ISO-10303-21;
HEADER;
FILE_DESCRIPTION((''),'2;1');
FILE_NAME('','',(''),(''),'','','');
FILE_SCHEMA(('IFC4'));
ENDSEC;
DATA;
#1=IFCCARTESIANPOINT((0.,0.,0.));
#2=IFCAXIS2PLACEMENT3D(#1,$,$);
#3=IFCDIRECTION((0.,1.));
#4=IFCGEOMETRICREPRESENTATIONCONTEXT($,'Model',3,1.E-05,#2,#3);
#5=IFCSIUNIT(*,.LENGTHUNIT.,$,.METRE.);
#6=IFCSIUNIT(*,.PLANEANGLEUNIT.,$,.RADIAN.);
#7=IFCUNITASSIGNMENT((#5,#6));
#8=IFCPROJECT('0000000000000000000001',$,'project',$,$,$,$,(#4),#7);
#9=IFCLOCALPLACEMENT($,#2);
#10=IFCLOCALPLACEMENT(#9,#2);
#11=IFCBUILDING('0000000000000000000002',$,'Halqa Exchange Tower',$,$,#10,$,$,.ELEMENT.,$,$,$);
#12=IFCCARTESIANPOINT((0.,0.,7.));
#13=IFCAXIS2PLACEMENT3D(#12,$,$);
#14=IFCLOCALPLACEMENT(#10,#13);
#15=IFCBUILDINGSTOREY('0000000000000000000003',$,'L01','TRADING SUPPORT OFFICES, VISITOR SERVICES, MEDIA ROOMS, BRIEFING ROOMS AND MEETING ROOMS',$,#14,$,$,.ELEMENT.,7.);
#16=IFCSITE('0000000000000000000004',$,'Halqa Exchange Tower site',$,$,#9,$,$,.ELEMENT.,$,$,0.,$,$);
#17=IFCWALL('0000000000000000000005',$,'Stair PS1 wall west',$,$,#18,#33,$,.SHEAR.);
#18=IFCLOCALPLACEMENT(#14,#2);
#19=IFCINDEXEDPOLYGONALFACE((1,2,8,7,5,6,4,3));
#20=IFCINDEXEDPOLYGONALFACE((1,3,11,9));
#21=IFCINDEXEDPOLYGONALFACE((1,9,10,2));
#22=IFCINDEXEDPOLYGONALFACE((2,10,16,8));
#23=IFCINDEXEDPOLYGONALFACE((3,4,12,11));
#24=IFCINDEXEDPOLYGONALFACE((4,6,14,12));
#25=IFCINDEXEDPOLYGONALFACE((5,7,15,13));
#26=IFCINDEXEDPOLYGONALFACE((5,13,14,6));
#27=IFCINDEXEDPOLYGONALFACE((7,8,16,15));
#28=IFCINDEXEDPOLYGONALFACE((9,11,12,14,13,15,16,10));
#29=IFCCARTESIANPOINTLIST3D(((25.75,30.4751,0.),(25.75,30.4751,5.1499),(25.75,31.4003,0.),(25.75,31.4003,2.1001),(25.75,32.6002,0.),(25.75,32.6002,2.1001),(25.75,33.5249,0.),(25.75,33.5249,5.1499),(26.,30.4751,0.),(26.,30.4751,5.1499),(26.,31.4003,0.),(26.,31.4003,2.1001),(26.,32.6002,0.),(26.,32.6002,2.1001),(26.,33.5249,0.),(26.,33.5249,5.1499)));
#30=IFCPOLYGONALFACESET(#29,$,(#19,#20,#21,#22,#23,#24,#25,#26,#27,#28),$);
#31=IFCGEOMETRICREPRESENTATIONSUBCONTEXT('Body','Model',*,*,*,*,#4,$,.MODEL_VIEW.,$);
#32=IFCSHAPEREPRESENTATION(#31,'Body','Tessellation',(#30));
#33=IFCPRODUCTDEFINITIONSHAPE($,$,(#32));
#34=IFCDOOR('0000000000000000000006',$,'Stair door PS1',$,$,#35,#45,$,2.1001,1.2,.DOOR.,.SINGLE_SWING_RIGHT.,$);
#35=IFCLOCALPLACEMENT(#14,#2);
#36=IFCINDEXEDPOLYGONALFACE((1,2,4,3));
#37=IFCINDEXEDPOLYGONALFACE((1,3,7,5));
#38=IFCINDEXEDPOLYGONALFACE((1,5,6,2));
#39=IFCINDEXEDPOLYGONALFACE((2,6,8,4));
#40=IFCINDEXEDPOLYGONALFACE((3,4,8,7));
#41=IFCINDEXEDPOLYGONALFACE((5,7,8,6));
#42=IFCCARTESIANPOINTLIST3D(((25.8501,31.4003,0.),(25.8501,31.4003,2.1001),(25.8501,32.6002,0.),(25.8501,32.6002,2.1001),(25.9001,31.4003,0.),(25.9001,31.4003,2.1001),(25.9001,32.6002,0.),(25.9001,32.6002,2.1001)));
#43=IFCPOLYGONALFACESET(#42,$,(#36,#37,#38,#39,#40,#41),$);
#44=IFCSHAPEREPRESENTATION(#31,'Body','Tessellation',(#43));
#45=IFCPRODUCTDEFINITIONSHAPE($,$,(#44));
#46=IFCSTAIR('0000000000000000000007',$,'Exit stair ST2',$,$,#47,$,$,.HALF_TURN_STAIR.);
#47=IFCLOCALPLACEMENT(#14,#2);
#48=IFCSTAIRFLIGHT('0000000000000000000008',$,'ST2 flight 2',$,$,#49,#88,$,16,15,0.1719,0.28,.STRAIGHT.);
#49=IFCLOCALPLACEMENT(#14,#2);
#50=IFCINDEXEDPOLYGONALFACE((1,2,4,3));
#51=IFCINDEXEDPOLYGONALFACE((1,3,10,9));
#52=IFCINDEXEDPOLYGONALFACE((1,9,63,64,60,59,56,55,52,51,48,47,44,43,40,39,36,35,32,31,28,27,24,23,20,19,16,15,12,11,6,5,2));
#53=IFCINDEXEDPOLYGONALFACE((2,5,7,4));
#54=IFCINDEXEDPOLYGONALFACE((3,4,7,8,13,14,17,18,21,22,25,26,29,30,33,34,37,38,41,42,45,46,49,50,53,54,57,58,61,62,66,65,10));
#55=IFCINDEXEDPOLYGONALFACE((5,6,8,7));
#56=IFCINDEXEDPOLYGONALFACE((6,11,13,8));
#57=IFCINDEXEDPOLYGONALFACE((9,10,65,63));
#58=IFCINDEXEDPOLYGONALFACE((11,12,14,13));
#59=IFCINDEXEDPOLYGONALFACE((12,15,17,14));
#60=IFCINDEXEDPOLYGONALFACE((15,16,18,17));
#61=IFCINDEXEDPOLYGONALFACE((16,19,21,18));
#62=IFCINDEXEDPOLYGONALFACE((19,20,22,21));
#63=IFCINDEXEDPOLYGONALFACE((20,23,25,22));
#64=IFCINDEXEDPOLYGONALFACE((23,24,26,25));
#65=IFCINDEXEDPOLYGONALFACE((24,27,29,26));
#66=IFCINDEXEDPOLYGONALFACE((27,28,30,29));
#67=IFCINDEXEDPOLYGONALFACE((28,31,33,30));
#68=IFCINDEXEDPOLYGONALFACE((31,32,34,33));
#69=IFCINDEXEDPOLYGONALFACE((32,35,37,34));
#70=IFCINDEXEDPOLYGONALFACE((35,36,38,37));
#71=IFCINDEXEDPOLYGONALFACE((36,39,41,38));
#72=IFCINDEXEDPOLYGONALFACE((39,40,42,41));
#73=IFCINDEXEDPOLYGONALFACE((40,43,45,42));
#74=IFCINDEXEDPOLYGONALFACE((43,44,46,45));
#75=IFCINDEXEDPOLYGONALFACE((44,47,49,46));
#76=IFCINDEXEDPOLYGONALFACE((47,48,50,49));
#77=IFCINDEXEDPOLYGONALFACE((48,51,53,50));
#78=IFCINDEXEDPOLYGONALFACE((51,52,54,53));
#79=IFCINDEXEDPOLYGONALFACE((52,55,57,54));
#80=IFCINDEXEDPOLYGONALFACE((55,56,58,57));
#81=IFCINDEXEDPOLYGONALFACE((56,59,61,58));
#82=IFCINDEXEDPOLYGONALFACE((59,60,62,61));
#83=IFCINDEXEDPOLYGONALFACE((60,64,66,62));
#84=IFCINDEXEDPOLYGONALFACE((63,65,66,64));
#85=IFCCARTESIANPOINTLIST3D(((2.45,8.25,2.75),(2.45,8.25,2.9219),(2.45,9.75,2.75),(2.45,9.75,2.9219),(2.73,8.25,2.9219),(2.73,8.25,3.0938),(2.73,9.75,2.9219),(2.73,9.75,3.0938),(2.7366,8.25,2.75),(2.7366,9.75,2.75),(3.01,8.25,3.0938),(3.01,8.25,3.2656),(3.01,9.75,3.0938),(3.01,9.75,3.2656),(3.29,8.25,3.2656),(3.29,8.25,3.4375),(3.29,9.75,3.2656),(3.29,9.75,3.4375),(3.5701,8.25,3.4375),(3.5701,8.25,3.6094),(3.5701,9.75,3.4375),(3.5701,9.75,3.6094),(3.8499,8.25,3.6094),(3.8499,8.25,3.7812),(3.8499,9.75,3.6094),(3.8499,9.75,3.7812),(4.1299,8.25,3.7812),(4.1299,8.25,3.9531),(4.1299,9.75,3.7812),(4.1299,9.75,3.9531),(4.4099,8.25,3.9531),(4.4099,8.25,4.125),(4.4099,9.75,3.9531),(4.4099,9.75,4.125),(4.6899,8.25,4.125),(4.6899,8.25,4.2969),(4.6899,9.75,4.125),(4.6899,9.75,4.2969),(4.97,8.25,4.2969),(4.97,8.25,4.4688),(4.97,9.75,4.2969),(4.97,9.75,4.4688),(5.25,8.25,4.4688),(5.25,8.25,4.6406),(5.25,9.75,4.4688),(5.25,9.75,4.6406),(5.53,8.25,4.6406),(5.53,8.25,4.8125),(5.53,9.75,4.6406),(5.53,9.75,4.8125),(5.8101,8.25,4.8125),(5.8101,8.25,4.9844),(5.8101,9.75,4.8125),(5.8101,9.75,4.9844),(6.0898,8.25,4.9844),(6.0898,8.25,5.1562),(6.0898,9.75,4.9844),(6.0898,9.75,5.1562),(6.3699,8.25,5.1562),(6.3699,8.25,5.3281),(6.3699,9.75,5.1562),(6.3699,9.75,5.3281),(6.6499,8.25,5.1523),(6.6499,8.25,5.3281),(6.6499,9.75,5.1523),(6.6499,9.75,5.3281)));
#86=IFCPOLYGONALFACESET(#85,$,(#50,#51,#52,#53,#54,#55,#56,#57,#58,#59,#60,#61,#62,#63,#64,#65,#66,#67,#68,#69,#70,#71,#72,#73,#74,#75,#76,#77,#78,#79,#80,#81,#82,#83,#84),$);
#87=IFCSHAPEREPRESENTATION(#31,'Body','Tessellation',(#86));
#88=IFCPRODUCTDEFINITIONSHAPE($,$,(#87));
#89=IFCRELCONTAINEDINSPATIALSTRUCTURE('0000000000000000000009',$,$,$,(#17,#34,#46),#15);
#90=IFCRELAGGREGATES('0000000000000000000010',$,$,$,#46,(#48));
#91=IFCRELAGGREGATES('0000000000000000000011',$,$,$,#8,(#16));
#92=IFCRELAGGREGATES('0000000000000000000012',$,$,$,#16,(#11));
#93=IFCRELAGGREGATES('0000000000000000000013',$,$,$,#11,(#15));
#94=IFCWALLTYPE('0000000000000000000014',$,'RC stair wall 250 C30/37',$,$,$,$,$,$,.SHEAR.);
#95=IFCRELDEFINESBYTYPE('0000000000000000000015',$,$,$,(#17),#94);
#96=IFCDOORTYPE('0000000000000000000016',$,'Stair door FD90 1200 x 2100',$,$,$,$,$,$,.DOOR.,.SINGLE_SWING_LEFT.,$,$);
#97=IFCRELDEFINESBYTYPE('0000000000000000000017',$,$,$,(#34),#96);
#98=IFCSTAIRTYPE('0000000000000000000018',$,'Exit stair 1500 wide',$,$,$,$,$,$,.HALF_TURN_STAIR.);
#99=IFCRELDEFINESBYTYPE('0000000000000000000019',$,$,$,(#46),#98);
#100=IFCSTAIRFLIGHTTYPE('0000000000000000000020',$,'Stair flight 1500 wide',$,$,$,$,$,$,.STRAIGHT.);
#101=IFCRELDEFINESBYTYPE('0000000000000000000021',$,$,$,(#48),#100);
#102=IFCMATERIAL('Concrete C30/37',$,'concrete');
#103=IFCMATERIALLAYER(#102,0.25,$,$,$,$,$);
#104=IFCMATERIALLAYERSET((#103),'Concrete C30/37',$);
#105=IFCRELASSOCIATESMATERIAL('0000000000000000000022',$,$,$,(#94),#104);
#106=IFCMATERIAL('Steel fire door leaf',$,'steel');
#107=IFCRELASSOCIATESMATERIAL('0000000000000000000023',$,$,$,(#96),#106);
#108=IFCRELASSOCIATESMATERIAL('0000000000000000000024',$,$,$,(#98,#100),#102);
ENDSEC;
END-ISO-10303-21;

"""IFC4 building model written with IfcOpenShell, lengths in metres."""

from ifc_helpers import new_model, si_unit, direction, frame, frame_2d, origin, place, context, subcontext, project, spatial, polyline, rectangle, outline, extrude, material, layer, layer_set, type_object, element, fill, aggregate, save


model = new_model("IFC4")

# Units and contexts
model_context = context("Model", 3, precision=1e-05, world=origin(), true_north=direction((0.0, 1.0)))
body_context = subcontext(model_context, "Body", "Model", "MODEL_VIEW")
ifc_project = project(units=[si_unit("LENGTHUNIT", "METRE"), si_unit("PLANEANGLEUNIT", "RADIAN")], contexts=[model_context])

# Site, building, storey
site_placement = place(None, origin())
site = spatial("IfcSite", under=ifc_project, at=site_placement, Name="Halqa Exchange Tower site", CompositionType="ELEMENT", RefElevation=0.0)
building_placement = place(site_placement, origin())
building = spatial("IfcBuilding", under=site, at=building_placement, Name="Halqa Exchange Tower", CompositionType="ELEMENT")
storey_placement = place(building_placement, frame((0.0, 0.0, 7.0)))
storey = spatial("IfcBuildingStorey", under=building, at=storey_placement, Name="L01", Description="TRADING SUPPORT OFFICES, VISITOR SERVICES, MEDIA ROOMS, BRIEFING ROOMS AND MEETING ROOMS", CompositionType="ELEMENT", Elevation=7.0)

# Shared definitions
ifc_material_1 = material(Name="Steel fire door leaf", Category="steel")

# Shared definitions
ifc_material_2 = material(Name="Concrete C30/37", Category="concrete")
ifc_layer_1 = layer(ifc_material_2, 0.25)
ifc_layer_set_1 = layer_set([ifc_layer_1], Name="Concrete C30/37")
wall_type_1 = type_object("IfcWallType", Name="RC stair wall 250 C30/37", PredefinedType="SHEAR", material=ifc_layer_set_1)

# Wall, opening, door
wall_1_placement = place(storey_placement, frame((25.875, 30.4751, 0.0), z_axis=(0.0, 0.0, 1.0), x_axis=(0.0, 1.0, 0.0)))
wall_1 = element("IfcWall", 1, at=wall_1_placement, inside=storey, type_object=wall_type_1, Name="Stair PS1 wall west", PredefinedType="SHEAR", context=body_context, shape_type="SweptSolid", body=[
    extrude(rectangle(XDim=3.0498, YDim=0.25, at=frame_2d((1.5249, 0.0))), origin(), (0.0, 0.0, 1.0), 5.1499),
])
opening_1_placement = place(wall_1_placement, frame((0.925, 0.0, 0.0)))
opening_1 = element("IfcOpeningElement", 2, at=opening_1_placement, cuts=wall_1, PredefinedType="OPENING", context=body_context, shape_type="SweptSolid", body=[
    extrude(rectangle(XDim=1.2, YDim=2.1001, at=frame_2d((0.6001, 1.05))), frame((0.0, 0.137, 0.0), z_axis=(0.0, -1.0, 0.0), x_axis=(1.0, 0.0, 0.0)), (0.0, 0.0, 1.0), 0.2739),
])
door_type_1 = type_object("IfcDoorType", Name="Stair door FD90 1200 x 2100", OperationType="SINGLE_SWING_LEFT", PredefinedType="DOOR", material=ifc_material_1)
door_1_placement = place(opening_1_placement, origin())
door_1 = element("IfcDoor", 3, at=door_1_placement, inside=storey, type_object=door_type_1, Name="Stair door PS1", OperationType="SINGLE_SWING_RIGHT", OverallHeight=2.1001, OverallWidth=1.2, PredefinedType="DOOR", context=body_context, shape_type="SweptSolid", body=[
    extrude(rectangle(XDim=1.2, YDim=2.1001, at=frame_2d((0.6001, 1.05))), frame((0.0, 0.0249, 0.0), z_axis=(0.0, -1.0, 0.0), x_axis=(1.0, 0.0, 0.0)), (0.0, 0.0, 1.0), 0.05),
])
fill(opening_1, door_1)

# Stair, stair flight
stair_type = type_object("IfcStairType", Name="Exit stair 1500 wide", PredefinedType="HALF_TURN_STAIR", material=ifc_material_2)
stair_placement = place(storey_placement, origin())
stair = element("IfcStair", 4, at=stair_placement, inside=storey, type_object=stair_type, Name="Exit stair ST2", PredefinedType="HALF_TURN_STAIR")
stair_flight_type = type_object("IfcStairFlightType", Name="Stair flight 1500 wide", PredefinedType="STRAIGHT", material=ifc_material_2)
stair_flight_placement = place(storey_placement, frame((2.45, 9.0, 2.75), z_axis=(0.0, 0.0, 1.0), x_axis=(1.0, 0.0, 0.0)))
stair_flight = element("IfcStairFlight", 5, at=stair_flight_placement, type_object=stair_flight_type, Name="ST2 flight 2", NumberOfRisers=16, NumberOfTreads=15, PredefinedType="STRAIGHT", RiserHeight=0.1719, TreadLength=0.28, context=body_context, shape_type="SweptSolid", body=[
    extrude(outline(polyline([(0.0, 0.0), (0.0, 0.1719), (0.28, 0.1719), (0.28, 0.3438), (0.5601, 0.3438), (0.5601, 0.5156), (0.8401, 0.5156), (0.8401, 0.6875), (1.1201, 0.6875), (1.1201, 0.8594), (1.3999, 0.8594), (1.3999, 1.0312), (1.6799, 1.0312), (1.6799, 1.2031), (1.96, 1.2031), (1.96, 1.375), (2.24, 1.375), (2.24, 1.5469), (2.52, 1.5469), (2.52, 1.7188), (2.8, 1.7188), (2.8, 1.8906), (3.0801, 1.8906), (3.0801, 2.0625), (3.3601, 2.0625), (3.3601, 2.2344), (3.6399, 2.2344), (3.6399, 2.4062), (3.9199, 2.4062), (3.9199, 2.5781), (4.2, 2.5781), (4.2, 2.75), (4.2, 2.4023), (0.2866, 0.0), (0.0, 0.0)])), frame((0.0, 0.75, 0.0), z_axis=(0.0, -1.0, 0.0), x_axis=(1.0, 0.0, 0.0)), (0.0, 0.0, 1.0), 1.5),
])
aggregate(stair, [stair_flight])

save(model, "model.ifc")
